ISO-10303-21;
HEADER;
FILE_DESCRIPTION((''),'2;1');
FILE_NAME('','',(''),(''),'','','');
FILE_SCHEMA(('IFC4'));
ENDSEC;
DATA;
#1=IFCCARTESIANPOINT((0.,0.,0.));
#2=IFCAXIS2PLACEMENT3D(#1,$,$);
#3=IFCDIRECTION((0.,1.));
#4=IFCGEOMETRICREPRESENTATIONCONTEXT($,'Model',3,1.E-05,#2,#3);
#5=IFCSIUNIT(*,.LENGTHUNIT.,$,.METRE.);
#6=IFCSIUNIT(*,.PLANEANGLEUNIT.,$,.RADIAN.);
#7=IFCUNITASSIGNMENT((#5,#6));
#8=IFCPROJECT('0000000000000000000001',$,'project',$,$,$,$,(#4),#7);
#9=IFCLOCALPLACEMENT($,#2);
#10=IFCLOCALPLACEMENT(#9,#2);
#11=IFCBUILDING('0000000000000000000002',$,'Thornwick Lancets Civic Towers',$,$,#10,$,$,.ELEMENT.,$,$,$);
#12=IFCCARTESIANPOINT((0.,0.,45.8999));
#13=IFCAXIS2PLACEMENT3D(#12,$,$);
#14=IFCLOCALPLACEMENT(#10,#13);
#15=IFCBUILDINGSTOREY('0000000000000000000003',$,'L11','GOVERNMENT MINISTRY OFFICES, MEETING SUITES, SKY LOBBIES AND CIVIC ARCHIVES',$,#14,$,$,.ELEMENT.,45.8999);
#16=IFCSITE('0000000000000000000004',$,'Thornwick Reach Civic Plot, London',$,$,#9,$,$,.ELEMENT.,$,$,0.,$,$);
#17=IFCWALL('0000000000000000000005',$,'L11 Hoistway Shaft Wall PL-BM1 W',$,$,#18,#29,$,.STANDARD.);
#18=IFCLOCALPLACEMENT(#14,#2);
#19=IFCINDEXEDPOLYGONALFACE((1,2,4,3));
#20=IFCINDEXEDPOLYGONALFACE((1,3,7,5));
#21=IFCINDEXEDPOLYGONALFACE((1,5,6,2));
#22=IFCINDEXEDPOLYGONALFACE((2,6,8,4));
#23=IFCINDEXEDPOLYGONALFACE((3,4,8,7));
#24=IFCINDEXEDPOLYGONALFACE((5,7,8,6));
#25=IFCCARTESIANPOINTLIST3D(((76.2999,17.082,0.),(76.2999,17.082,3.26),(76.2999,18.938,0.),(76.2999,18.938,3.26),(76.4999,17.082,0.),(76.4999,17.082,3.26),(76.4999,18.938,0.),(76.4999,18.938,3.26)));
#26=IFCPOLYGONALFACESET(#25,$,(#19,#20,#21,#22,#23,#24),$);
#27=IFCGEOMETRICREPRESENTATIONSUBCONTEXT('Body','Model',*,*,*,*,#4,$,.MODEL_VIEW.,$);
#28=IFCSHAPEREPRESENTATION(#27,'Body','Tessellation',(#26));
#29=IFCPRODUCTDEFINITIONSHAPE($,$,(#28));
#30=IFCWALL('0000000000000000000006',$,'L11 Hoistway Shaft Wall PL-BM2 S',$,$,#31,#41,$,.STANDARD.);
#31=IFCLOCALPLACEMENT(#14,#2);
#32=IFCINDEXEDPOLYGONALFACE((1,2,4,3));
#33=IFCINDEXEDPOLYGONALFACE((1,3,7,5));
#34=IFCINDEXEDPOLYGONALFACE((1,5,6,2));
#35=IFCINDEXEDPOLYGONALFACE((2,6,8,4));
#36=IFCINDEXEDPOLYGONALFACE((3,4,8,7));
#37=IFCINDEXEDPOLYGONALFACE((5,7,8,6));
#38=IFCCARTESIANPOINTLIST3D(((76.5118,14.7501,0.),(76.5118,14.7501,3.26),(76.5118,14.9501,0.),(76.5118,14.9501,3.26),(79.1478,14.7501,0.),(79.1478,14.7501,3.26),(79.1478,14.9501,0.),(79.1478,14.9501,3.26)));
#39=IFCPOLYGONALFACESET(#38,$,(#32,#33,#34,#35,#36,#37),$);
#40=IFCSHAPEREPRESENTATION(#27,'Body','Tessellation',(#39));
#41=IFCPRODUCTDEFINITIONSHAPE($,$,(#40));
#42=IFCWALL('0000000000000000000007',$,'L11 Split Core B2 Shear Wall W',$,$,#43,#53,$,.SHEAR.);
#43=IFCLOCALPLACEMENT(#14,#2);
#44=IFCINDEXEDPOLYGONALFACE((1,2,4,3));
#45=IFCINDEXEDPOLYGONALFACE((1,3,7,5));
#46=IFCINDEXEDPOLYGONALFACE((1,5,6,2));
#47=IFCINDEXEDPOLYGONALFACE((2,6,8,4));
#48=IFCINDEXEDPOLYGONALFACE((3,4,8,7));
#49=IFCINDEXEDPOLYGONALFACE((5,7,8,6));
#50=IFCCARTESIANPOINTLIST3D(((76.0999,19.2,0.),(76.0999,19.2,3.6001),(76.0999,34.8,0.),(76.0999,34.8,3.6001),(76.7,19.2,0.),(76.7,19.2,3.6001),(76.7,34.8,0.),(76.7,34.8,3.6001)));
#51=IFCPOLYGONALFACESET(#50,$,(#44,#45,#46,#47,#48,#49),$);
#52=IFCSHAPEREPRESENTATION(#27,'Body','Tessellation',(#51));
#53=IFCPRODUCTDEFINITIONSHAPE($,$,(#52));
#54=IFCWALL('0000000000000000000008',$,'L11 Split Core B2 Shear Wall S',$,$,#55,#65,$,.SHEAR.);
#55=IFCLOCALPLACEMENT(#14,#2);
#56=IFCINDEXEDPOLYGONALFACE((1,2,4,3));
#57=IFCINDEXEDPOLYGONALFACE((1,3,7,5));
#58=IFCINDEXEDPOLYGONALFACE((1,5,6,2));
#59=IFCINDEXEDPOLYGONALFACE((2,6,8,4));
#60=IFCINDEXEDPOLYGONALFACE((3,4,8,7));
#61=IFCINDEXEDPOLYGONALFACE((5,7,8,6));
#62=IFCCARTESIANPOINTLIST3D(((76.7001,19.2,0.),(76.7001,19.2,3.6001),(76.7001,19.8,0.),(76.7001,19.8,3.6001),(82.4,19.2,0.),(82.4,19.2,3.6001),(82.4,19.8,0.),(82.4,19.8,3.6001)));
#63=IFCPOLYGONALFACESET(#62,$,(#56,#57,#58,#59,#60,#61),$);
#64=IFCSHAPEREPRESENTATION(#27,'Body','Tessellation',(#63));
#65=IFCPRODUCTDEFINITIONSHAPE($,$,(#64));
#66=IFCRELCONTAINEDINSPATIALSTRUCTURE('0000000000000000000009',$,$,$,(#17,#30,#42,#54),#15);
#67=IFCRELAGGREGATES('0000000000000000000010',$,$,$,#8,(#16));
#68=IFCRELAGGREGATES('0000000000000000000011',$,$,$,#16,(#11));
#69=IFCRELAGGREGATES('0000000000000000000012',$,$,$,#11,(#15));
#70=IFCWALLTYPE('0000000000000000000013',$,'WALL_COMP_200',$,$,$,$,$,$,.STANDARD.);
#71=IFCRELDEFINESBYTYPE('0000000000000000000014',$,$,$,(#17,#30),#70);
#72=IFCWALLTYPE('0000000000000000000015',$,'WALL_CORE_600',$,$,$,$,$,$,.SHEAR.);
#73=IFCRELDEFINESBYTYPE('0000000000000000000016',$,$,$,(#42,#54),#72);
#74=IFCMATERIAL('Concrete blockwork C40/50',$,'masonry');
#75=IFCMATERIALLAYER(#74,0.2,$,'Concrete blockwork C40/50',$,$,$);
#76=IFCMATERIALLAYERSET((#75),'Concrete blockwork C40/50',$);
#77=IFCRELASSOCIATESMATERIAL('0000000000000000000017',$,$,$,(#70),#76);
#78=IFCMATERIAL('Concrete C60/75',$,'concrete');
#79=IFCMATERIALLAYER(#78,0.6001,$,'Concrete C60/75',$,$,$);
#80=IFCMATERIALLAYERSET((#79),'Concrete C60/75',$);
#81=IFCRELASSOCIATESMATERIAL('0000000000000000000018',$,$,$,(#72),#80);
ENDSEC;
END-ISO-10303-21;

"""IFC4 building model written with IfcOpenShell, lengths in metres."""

from ifc_helpers import new_model, si_unit, direction, frame, frame_2d, origin, place, context, subcontext, project, spatial, rectangle, extrude, material, layer, layer_set, type_object, element, save


model = new_model("IFC4")

# Units and contexts
model_context = context("Model", 3, precision=1e-05, world=origin(), true_north=direction((0.0, 1.0)))
body_context = subcontext(model_context, "Body", "Model", "MODEL_VIEW")
ifc_project = project(units=[si_unit("LENGTHUNIT", "METRE"), si_unit("PLANEANGLEUNIT", "RADIAN")], contexts=[model_context])

# Site, building, storey
site_placement = place(None, origin())
site = spatial("IfcSite", under=ifc_project, at=site_placement, Name="Thornwick Reach Civic Plot, London", CompositionType="ELEMENT", RefElevation=0.0)
building_placement = place(site_placement, origin())
building = spatial("IfcBuilding", under=site, at=building_placement, Name="Thornwick Lancets Civic Towers", CompositionType="ELEMENT")
storey_placement = place(building_placement, frame((0.0, 0.0, 45.8999)))
storey = spatial("IfcBuildingStorey", under=building, at=storey_placement, Name="L11", Description="GOVERNMENT MINISTRY OFFICES, MEETING SUITES, SKY LOBBIES AND CIVIC ARCHIVES", CompositionType="ELEMENT", Elevation=45.8999)

# Shared definitions
ifc_material_1 = material(Name="Concrete C60/75", Category="concrete")

# Shared definitions
ifc_material_2 = material(Name="Concrete blockwork C40/50", Category="masonry")
ifc_layer_1 = layer(ifc_material_2, 0.2, Name="Concrete blockwork C40/50")
ifc_layer_set_1 = layer_set([ifc_layer_1], Name="Concrete blockwork C40/50")
wall_type_1 = type_object("IfcWallType", Name="WALL_COMP_200", PredefinedType="STANDARD", material=ifc_layer_set_1)

# Walls
wall_1_placement = place(storey_placement, frame((76.3999, 17.082, 0.0), z_axis=(0.0, 0.0, 1.0), x_axis=(0.0, 1.0, 0.0)))
element("IfcWall", 1, at=wall_1_placement, inside=storey, type_object=wall_type_1, Name="L11 Hoistway Shaft Wall PL-BM1 W", PredefinedType="STANDARD", context=body_context, shape_type="SweptSolid", body=[
    extrude(rectangle(XDim=1.856, YDim=0.2, at=frame_2d((0.928, 0.0))), origin(), (0.0, 0.0, 1.0), 3.26),
])
wall_2_placement = place(storey_placement, frame((76.512, 14.8501, 0.0), z_axis=(0.0, 0.0, 1.0), x_axis=(1.0, 0.0, 0.0)))
element("IfcWall", 2, at=wall_2_placement, inside=storey, type_object=wall_type_1, Name="L11 Hoistway Shaft Wall PL-BM2 S", PredefinedType="STANDARD", context=body_context, shape_type="SweptSolid", body=[
    extrude(rectangle(XDim=2.636, YDim=0.2, at=frame_2d((1.3179, 0.0))), origin(), (0.0, 0.0, 1.0), 3.26),
])
ifc_layer_2 = layer(ifc_material_1, 0.6001, Name="Concrete C60/75")
ifc_layer_set_2 = layer_set([ifc_layer_2], Name="Concrete C60/75")
wall_type_2 = type_object("IfcWallType", Name="WALL_CORE_600", PredefinedType="SHEAR", material=ifc_layer_set_2)
wall_3_placement = place(storey_placement, frame((76.3999, 19.2, 0.0), z_axis=(0.0, 0.0, 1.0), x_axis=(0.0, 1.0, 0.0)))
element("IfcWall", 3, at=wall_3_placement, inside=storey, type_object=wall_type_2, Name="L11 Split Core B2 Shear Wall W", PredefinedType="SHEAR", context=body_context, shape_type="SweptSolid", body=[
    extrude(rectangle(XDim=15.6001, YDim=0.6001, at=frame_2d((7.8, 0.0))), origin(), (0.0, 0.0, 1.0), 3.6001),
])
wall_4_placement = place(storey_placement, frame((76.7, 19.5, 0.0), z_axis=(0.0, 0.0, 1.0), x_axis=(1.0, 0.0, 0.0)))
element("IfcWall", 4, at=wall_4_placement, inside=storey, type_object=wall_type_2, Name="L11 Split Core B2 Shear Wall S", PredefinedType="SHEAR", context=body_context, shape_type="SweptSolid", body=[
    extrude(rectangle(XDim=5.7, YDim=0.6001, at=frame_2d((2.8501, 0.0))), origin(), (0.0, 0.0, 1.0), 3.6001),
])

save(model, "model.ifc")
